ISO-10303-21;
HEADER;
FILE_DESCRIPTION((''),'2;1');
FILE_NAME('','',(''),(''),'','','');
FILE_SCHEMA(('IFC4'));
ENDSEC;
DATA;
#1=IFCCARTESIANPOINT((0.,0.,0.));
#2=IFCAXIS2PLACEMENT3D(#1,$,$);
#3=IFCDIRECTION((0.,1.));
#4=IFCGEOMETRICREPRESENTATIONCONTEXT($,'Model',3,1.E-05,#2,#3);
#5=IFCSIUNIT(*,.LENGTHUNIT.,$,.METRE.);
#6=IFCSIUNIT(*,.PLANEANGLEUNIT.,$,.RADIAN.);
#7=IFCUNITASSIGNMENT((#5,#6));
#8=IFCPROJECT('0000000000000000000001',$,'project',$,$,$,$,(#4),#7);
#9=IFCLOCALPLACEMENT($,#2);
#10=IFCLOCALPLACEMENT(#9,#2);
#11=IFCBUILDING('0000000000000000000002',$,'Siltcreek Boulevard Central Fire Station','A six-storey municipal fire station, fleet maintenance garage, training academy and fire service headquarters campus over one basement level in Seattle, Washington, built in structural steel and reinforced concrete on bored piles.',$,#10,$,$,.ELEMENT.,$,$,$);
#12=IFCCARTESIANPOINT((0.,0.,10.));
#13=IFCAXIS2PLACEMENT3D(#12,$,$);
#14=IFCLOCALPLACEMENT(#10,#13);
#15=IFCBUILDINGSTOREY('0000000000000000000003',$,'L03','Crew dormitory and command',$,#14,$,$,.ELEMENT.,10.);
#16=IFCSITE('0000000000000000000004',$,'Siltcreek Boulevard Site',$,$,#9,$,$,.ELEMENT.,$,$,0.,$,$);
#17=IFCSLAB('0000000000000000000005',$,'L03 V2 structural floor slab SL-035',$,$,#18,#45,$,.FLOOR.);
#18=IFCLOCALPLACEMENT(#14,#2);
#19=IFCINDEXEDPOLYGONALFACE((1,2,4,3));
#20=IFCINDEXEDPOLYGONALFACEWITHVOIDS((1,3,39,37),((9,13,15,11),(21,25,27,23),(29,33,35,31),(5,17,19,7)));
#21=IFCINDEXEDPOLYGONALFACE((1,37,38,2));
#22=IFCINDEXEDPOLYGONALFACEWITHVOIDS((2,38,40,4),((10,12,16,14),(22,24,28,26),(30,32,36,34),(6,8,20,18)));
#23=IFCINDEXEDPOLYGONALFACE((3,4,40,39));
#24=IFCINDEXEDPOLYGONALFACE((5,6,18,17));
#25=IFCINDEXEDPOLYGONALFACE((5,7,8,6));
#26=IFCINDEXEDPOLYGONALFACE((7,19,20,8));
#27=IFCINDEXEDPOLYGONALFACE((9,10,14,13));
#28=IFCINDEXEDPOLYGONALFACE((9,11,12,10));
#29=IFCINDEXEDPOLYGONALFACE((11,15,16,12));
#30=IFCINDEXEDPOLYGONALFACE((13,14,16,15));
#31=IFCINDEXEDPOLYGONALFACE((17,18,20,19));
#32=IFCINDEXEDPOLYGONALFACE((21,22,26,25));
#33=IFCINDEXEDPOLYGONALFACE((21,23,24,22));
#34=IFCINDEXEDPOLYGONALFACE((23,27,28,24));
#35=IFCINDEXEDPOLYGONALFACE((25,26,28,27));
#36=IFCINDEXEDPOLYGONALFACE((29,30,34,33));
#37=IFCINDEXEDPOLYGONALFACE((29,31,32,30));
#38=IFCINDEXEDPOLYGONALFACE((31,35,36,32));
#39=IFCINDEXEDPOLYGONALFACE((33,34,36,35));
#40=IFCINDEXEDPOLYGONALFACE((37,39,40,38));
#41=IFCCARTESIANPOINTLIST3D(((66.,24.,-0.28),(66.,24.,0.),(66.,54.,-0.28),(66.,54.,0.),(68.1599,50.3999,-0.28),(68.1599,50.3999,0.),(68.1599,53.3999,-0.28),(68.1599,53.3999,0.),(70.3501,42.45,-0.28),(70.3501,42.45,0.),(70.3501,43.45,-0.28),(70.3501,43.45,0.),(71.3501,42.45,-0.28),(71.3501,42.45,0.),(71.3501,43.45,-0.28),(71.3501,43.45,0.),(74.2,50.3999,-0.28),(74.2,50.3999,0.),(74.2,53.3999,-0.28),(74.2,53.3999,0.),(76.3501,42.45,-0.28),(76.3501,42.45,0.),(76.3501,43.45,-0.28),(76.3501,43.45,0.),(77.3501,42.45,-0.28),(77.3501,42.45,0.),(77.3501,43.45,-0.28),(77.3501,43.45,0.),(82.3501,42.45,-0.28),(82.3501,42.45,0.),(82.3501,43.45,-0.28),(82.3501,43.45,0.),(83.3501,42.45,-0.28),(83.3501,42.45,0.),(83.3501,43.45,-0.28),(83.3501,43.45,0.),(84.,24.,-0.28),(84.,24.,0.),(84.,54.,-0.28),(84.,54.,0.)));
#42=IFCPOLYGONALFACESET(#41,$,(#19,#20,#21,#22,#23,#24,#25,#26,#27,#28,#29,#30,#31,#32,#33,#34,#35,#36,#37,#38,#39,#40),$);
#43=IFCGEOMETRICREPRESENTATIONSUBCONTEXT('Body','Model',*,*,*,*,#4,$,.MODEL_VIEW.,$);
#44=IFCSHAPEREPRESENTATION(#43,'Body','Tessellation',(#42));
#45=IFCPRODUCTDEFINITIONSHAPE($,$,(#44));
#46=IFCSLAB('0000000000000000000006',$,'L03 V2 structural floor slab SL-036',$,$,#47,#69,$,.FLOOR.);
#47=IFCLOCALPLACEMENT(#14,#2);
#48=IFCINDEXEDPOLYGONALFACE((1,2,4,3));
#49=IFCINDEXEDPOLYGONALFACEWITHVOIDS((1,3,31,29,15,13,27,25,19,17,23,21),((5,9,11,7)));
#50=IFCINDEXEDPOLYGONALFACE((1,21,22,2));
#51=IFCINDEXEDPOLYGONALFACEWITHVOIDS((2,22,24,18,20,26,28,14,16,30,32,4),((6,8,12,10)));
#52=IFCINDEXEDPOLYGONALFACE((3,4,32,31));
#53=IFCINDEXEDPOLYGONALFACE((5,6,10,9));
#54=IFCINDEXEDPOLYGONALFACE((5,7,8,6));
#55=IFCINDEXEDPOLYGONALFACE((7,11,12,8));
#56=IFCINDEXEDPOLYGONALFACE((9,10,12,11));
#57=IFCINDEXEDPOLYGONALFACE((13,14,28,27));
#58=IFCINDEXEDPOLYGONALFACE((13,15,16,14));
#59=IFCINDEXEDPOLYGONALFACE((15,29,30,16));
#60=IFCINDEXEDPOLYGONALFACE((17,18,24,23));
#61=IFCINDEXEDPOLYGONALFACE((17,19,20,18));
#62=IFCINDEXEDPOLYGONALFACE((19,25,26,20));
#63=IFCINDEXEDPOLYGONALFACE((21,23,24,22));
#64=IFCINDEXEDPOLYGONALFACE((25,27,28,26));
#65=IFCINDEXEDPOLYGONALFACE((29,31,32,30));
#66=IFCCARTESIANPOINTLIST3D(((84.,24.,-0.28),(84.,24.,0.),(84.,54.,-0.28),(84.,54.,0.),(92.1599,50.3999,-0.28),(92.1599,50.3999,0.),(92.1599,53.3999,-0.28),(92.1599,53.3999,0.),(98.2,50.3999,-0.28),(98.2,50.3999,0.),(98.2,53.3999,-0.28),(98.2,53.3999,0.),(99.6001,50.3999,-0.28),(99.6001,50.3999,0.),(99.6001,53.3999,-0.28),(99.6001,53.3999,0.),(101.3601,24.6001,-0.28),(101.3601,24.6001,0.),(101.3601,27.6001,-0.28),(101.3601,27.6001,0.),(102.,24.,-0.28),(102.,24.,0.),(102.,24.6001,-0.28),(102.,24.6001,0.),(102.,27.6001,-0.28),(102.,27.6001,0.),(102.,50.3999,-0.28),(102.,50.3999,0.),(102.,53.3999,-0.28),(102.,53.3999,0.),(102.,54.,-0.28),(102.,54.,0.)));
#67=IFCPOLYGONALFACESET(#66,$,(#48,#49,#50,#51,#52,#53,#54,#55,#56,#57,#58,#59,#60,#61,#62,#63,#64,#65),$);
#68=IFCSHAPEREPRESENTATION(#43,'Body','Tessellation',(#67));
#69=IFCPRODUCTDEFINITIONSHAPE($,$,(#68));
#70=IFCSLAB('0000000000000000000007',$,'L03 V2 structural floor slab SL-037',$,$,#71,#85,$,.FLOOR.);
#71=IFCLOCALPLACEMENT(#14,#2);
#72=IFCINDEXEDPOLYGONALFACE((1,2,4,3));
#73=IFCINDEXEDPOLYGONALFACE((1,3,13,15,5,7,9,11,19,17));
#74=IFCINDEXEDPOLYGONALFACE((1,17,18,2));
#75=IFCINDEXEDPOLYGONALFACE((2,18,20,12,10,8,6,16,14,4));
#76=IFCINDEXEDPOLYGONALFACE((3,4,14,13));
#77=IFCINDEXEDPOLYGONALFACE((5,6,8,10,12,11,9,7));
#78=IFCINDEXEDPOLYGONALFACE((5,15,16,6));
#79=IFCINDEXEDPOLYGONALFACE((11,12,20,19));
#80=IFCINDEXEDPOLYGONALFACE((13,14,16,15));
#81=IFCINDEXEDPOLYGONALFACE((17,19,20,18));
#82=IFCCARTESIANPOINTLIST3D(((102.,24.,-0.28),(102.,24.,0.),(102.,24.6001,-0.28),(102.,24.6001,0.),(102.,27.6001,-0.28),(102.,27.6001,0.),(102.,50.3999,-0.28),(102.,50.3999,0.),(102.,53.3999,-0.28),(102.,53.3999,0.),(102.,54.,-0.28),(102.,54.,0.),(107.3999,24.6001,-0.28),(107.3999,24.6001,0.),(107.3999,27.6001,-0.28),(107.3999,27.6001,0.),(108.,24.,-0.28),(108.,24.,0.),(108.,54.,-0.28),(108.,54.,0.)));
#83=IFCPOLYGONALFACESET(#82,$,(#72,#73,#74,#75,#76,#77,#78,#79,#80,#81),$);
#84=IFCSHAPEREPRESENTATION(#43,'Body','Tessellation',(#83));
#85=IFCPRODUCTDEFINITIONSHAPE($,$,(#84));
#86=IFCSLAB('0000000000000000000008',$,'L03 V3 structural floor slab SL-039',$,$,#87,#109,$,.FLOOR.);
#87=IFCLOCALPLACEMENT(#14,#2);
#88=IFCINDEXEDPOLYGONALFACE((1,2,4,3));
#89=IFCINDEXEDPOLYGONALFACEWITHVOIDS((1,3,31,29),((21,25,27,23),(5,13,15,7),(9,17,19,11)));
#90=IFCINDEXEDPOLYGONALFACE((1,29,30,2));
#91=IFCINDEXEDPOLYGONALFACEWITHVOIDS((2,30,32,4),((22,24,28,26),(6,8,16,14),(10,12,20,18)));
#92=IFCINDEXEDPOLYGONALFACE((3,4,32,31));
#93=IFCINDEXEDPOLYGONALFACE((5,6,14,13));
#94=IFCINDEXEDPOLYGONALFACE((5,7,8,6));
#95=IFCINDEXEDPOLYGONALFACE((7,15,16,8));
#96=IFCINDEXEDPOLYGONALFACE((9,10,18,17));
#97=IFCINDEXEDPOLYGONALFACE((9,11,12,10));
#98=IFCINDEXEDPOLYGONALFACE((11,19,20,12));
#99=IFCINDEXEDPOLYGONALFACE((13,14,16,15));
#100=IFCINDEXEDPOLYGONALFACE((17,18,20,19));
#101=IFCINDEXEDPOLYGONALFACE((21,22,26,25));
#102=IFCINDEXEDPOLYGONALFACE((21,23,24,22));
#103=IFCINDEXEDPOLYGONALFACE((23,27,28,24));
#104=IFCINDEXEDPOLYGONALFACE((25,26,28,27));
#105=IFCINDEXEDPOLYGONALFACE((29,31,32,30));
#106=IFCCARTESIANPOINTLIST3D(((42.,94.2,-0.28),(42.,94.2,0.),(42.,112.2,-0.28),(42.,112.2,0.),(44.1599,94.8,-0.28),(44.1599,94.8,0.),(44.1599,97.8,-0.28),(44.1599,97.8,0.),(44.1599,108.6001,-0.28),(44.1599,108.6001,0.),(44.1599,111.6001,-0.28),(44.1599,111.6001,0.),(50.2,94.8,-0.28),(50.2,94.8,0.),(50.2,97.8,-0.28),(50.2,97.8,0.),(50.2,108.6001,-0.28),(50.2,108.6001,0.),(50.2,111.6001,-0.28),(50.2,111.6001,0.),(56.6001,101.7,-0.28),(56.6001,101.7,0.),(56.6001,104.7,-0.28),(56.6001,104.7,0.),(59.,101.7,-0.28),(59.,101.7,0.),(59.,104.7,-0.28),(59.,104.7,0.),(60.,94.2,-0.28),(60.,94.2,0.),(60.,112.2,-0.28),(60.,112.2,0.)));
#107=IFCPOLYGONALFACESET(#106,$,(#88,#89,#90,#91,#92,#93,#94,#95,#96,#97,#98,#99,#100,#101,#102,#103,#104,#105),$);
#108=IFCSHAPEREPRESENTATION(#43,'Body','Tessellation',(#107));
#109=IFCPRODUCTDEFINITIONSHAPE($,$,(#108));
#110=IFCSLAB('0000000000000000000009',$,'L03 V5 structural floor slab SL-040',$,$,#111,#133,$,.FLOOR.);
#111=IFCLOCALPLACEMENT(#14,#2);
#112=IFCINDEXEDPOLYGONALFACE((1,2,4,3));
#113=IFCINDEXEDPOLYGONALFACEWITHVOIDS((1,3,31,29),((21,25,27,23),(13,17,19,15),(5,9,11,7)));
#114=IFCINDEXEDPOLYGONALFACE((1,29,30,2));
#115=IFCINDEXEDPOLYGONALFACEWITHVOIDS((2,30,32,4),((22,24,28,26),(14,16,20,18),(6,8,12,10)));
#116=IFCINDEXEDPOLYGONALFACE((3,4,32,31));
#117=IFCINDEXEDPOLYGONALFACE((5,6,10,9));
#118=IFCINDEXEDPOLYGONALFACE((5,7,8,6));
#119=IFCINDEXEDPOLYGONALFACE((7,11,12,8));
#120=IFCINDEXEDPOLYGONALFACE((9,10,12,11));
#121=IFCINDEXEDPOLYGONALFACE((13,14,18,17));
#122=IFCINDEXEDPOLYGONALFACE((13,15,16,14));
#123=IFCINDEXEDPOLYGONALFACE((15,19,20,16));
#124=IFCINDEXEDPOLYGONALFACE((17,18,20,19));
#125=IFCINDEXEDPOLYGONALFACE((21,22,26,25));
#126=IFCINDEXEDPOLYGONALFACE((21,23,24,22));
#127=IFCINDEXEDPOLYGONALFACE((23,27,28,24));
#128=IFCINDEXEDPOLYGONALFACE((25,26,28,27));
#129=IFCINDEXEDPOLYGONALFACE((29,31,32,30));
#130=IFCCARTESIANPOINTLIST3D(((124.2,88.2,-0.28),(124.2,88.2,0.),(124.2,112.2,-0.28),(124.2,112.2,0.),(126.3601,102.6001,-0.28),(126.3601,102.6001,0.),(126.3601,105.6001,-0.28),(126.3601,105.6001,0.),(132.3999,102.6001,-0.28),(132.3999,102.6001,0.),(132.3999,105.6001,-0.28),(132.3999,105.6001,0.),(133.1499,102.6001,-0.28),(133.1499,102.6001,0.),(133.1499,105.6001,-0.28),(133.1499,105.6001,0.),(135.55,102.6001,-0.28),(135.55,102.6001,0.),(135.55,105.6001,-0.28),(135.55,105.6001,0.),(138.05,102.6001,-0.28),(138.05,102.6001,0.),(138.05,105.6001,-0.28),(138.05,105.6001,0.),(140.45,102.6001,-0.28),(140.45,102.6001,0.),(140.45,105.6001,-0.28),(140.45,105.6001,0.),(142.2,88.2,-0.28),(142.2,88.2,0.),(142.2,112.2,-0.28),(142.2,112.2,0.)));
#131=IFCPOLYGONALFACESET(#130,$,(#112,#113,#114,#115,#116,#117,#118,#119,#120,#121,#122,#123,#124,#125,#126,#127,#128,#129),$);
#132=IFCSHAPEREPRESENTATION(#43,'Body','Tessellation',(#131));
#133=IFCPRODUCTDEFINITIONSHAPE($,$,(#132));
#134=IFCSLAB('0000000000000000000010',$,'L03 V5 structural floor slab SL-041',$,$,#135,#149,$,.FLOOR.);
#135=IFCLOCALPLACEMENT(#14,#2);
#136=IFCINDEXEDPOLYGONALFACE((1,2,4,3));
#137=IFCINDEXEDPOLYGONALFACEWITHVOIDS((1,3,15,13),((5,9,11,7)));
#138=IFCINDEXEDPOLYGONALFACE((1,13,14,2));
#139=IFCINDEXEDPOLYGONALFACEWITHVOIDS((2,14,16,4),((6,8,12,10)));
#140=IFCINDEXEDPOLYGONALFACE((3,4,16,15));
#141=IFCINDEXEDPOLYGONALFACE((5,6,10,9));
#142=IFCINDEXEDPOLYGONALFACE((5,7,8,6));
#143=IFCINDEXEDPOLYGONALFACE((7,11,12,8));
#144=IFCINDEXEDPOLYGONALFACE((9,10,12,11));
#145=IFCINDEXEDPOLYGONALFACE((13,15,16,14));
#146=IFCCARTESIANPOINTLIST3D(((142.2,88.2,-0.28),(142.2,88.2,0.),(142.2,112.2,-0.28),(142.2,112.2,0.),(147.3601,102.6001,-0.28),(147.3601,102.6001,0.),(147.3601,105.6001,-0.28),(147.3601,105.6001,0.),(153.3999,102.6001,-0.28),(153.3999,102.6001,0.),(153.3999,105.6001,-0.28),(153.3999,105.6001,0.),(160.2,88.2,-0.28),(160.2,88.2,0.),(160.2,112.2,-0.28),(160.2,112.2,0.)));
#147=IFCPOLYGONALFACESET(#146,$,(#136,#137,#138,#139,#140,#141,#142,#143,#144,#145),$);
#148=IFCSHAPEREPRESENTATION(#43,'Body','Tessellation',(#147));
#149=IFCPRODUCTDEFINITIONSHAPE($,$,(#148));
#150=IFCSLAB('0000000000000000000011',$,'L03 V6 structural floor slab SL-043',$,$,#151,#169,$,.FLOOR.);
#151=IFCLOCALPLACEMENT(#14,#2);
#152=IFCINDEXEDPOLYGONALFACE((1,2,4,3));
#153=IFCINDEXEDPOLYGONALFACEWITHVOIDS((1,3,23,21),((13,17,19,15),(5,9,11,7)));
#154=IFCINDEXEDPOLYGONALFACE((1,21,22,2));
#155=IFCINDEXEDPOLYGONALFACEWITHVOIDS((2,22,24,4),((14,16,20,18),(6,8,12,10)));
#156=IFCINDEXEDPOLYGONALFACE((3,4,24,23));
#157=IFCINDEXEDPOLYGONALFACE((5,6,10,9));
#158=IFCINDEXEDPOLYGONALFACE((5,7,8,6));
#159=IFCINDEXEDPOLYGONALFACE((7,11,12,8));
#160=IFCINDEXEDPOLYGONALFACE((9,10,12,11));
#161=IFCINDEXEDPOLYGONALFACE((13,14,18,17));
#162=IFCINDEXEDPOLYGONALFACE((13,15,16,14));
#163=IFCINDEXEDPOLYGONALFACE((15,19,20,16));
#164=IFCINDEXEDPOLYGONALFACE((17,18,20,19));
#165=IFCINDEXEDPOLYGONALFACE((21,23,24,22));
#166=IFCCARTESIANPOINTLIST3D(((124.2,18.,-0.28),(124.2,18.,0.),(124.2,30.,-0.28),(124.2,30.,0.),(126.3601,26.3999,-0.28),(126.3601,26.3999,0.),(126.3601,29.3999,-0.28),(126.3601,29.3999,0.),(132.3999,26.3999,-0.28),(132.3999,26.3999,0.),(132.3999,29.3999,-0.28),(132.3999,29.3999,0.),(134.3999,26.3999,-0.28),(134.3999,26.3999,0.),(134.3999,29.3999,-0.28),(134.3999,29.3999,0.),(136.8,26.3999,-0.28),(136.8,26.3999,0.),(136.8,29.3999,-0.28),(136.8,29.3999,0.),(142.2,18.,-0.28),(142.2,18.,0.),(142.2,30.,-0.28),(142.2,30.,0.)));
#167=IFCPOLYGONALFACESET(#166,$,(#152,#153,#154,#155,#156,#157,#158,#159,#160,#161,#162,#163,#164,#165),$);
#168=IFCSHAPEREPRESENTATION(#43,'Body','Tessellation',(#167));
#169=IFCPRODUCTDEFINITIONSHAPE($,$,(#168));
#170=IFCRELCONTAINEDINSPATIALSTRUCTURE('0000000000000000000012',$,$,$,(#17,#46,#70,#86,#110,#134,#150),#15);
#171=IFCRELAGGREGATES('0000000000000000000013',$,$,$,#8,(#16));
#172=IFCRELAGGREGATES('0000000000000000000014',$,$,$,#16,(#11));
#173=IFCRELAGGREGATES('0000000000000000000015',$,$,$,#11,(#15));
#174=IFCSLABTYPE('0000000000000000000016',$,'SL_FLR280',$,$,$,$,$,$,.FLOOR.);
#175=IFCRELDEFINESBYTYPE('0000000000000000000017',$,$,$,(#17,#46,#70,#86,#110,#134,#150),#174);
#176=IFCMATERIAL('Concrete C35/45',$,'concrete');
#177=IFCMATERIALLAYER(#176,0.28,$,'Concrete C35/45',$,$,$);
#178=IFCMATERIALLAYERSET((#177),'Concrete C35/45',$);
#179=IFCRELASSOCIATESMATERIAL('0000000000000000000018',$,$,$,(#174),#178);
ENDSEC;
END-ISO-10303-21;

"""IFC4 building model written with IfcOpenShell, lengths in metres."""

from ifc_helpers import new_model, si_unit, direction, frame, origin, place, context, subcontext, project, spatial, polyline, outline, extrude, material, layer, layer_set, type_object, element, save


model = new_model("IFC4")

# Units and contexts
model_context = context("Model", 3, precision=1e-05, world=origin(), true_north=direction((0.0, 1.0)))
body_context = subcontext(model_context, "Body", "Model", "MODEL_VIEW")
ifc_project = project(units=[si_unit("LENGTHUNIT", "METRE"), si_unit("PLANEANGLEUNIT", "RADIAN")], contexts=[model_context])

# Site, building, storey
site_placement = place(None, origin())
site = spatial("IfcSite", under=ifc_project, at=site_placement, Name="Siltcreek Boulevard Site", CompositionType="ELEMENT", RefElevation=0.0)
building_placement = place(site_placement, origin())
building = spatial("IfcBuilding", under=site, at=building_placement, Name="Siltcreek Boulevard Central Fire Station", Description="A six-storey municipal fire station, fleet maintenance garage, training academy and fire service headquarters campus over one basement level in Seattle, Washington, built in structural steel and reinforced concrete on bored piles.", CompositionType="ELEMENT")
storey_placement = place(building_placement, frame((0.0, 0.0, 10.0)))
storey = spatial("IfcBuildingStorey", under=building, at=storey_placement, Name="L03", Description="Crew dormitory and command", CompositionType="ELEMENT", Elevation=10.0)

# Slabs
ifc_material_1 = material(Name="Concrete C35/45", Category="concrete")
ifc_layer_1 = layer(ifc_material_1, 0.28, Name="Concrete C35/45")
ifc_layer_set_1 = layer_set([ifc_layer_1], Name="Concrete C35/45")
slab_type_1 = type_object("IfcSlabType", Name="SL_FLR280", PredefinedType="FLOOR", material=ifc_layer_set_1)
slab_1_placement = place(storey_placement, frame((0.0, 0.0, -0.28)))
element("IfcSlab", 1, at=slab_1_placement, inside=storey, type_object=slab_type_1, Name="L03 V2 structural floor slab SL-035", PredefinedType="FLOOR", context=body_context, shape_type="SweptSolid", body=[
    extrude(outline(polyline([(66.0, 54.0), (84.0, 54.0), (84.0, 24.0), (66.0, 24.0), (66.0, 54.0)]), holes=[polyline([(71.3501, 42.45), (71.3501, 43.45), (70.3501, 43.45), (70.3501, 42.45), (71.3501, 42.45)]), polyline([(77.3501, 42.45), (77.3501, 43.45), (76.3501, 43.45), (76.3501, 42.45), (77.3501, 42.45)]), polyline([(83.3501, 42.45), (83.3501, 43.45), (82.3501, 43.45), (82.3501, 42.45), (83.3501, 42.45)]), polyline([(74.2, 50.3999), (74.2, 53.3999), (68.1599, 53.3999), (68.1599, 50.3999), (74.2, 50.3999)])]), origin(), (0.0, 0.0, 1.0), 0.28),
])
slab_2_placement = place(storey_placement, frame((0.0, 0.0, -0.28)))
element("IfcSlab", 2, at=slab_2_placement, inside=storey, type_object=slab_type_1, Name="L03 V2 structural floor slab SL-036", PredefinedType="FLOOR", context=body_context, shape_type="SweptSolid", body=[
    extrude(outline(polyline([(102.0, 24.0), (84.0, 24.0), (84.0, 54.0), (102.0, 54.0), (102.0, 53.3999), (99.6001, 53.3999), (99.6001, 50.3999), (102.0, 50.3999), (102.0, 27.6001), (101.3601, 27.6001), (101.3601, 24.6001), (102.0, 24.6001), (102.0, 24.0)]), holes=[polyline([(98.2, 50.3999), (98.2, 53.3999), (92.1599, 53.3999), (92.1599, 50.3999), (98.2, 50.3999)])]), origin(), (0.0, 0.0, 1.0), 0.28),
])
slab_3_placement = place(storey_placement, frame((0.0, 0.0, -0.28)))
element("IfcSlab", 3, at=slab_3_placement, inside=storey, type_object=slab_type_1, Name="L03 V2 structural floor slab SL-037", PredefinedType="FLOOR", context=body_context, shape_type="SweptSolid", body=[
    extrude(outline(polyline([(102.0, 54.0), (108.0, 54.0), (108.0, 24.0), (102.0, 24.0), (102.0, 24.6001), (107.3999, 24.6001), (107.3999, 27.6001), (102.0, 27.6001), (102.0, 50.3999), (102.0, 53.3999), (102.0, 54.0)])), origin(), (0.0, 0.0, 1.0), 0.28),
])
slab_4_placement = place(storey_placement, frame((0.0, 0.0, -0.28)))
element("IfcSlab", 4, at=slab_4_placement, inside=storey, type_object=slab_type_1, Name="L03 V3 structural floor slab SL-039", PredefinedType="FLOOR", context=body_context, shape_type="SweptSolid", body=[
    extrude(outline(polyline([(42.0, 112.2), (60.0, 112.2), (60.0, 94.2), (42.0, 94.2), (42.0, 112.2)]), holes=[polyline([(50.2, 94.8), (50.2, 97.8), (44.1599, 97.8), (44.1599, 94.8), (50.2, 94.8)]), polyline([(59.0, 101.7), (59.0, 104.7), (56.6001, 104.7), (56.6001, 101.7), (59.0, 101.7)]), polyline([(50.2, 108.6001), (50.2, 111.6001), (44.1599, 111.6001), (44.1599, 108.6001), (50.2, 108.6001)])]), origin(), (0.0, 0.0, 1.0), 0.28),
])
slab_5_placement = place(storey_placement, frame((0.0, 0.0, -0.28)))
element("IfcSlab", 5, at=slab_5_placement, inside=storey, type_object=slab_type_1, Name="L03 V5 structural floor slab SL-040", PredefinedType="FLOOR", context=body_context, shape_type="SweptSolid", body=[
    extrude(outline(polyline([(124.2, 112.2), (142.2, 112.2), (142.2, 88.2), (124.2, 88.2), (124.2, 112.2)]), holes=[polyline([(132.3999, 102.6001), (132.3999, 105.6001), (126.3601, 105.6001), (126.3601, 102.6001), (132.3999, 102.6001)]), polyline([(135.55, 102.6001), (135.55, 105.6001), (133.1499, 105.6001), (133.1499, 102.6001), (135.55, 102.6001)]), polyline([(138.05, 102.6001), (140.45, 102.6001), (140.45, 105.6001), (138.05, 105.6001), (138.05, 102.6001)])]), origin(), (0.0, 0.0, 1.0), 0.28),
])
slab_6_placement = place(storey_placement, frame((0.0, 0.0, -0.28)))
element("IfcSlab", 6, at=slab_6_placement, inside=storey, type_object=slab_type_1, Name="L03 V5 structural floor slab SL-041", PredefinedType="FLOOR", context=body_context, shape_type="SweptSolid", body=[
    extrude(outline(polyline([(142.2, 112.2), (160.2, 112.2), (160.2, 88.2), (142.2, 88.2), (142.2, 112.2)]), holes=[polyline([(147.3601, 102.6001), (153.3999, 102.6001), (153.3999, 105.6001), (147.3601, 105.6001), (147.3601, 102.6001)])]), origin(), (0.0, 0.0, 1.0), 0.28),
])
slab_7_placement = place(storey_placement, frame((0.0, 0.0, -0.28)))
element("IfcSlab", 7, at=slab_7_placement, inside=storey, type_object=slab_type_1, Name="L03 V6 structural floor slab SL-043", PredefinedType="FLOOR", context=body_context, shape_type="SweptSolid", body=[
    extrude(outline(polyline([(124.2, 30.0), (142.2, 30.0), (142.2, 18.0), (124.2, 18.0), (124.2, 30.0)]), holes=[polyline([(132.3999, 26.3999), (132.3999, 29.3999), (126.3601, 29.3999), (126.3601, 26.3999), (132.3999, 26.3999)]), polyline([(136.8, 26.3999), (136.8, 29.3999), (134.3999, 29.3999), (134.3999, 26.3999), (136.8, 26.3999)])]), origin(), (0.0, 0.0, 1.0), 0.28),
])

save(model, "model.ifc")
